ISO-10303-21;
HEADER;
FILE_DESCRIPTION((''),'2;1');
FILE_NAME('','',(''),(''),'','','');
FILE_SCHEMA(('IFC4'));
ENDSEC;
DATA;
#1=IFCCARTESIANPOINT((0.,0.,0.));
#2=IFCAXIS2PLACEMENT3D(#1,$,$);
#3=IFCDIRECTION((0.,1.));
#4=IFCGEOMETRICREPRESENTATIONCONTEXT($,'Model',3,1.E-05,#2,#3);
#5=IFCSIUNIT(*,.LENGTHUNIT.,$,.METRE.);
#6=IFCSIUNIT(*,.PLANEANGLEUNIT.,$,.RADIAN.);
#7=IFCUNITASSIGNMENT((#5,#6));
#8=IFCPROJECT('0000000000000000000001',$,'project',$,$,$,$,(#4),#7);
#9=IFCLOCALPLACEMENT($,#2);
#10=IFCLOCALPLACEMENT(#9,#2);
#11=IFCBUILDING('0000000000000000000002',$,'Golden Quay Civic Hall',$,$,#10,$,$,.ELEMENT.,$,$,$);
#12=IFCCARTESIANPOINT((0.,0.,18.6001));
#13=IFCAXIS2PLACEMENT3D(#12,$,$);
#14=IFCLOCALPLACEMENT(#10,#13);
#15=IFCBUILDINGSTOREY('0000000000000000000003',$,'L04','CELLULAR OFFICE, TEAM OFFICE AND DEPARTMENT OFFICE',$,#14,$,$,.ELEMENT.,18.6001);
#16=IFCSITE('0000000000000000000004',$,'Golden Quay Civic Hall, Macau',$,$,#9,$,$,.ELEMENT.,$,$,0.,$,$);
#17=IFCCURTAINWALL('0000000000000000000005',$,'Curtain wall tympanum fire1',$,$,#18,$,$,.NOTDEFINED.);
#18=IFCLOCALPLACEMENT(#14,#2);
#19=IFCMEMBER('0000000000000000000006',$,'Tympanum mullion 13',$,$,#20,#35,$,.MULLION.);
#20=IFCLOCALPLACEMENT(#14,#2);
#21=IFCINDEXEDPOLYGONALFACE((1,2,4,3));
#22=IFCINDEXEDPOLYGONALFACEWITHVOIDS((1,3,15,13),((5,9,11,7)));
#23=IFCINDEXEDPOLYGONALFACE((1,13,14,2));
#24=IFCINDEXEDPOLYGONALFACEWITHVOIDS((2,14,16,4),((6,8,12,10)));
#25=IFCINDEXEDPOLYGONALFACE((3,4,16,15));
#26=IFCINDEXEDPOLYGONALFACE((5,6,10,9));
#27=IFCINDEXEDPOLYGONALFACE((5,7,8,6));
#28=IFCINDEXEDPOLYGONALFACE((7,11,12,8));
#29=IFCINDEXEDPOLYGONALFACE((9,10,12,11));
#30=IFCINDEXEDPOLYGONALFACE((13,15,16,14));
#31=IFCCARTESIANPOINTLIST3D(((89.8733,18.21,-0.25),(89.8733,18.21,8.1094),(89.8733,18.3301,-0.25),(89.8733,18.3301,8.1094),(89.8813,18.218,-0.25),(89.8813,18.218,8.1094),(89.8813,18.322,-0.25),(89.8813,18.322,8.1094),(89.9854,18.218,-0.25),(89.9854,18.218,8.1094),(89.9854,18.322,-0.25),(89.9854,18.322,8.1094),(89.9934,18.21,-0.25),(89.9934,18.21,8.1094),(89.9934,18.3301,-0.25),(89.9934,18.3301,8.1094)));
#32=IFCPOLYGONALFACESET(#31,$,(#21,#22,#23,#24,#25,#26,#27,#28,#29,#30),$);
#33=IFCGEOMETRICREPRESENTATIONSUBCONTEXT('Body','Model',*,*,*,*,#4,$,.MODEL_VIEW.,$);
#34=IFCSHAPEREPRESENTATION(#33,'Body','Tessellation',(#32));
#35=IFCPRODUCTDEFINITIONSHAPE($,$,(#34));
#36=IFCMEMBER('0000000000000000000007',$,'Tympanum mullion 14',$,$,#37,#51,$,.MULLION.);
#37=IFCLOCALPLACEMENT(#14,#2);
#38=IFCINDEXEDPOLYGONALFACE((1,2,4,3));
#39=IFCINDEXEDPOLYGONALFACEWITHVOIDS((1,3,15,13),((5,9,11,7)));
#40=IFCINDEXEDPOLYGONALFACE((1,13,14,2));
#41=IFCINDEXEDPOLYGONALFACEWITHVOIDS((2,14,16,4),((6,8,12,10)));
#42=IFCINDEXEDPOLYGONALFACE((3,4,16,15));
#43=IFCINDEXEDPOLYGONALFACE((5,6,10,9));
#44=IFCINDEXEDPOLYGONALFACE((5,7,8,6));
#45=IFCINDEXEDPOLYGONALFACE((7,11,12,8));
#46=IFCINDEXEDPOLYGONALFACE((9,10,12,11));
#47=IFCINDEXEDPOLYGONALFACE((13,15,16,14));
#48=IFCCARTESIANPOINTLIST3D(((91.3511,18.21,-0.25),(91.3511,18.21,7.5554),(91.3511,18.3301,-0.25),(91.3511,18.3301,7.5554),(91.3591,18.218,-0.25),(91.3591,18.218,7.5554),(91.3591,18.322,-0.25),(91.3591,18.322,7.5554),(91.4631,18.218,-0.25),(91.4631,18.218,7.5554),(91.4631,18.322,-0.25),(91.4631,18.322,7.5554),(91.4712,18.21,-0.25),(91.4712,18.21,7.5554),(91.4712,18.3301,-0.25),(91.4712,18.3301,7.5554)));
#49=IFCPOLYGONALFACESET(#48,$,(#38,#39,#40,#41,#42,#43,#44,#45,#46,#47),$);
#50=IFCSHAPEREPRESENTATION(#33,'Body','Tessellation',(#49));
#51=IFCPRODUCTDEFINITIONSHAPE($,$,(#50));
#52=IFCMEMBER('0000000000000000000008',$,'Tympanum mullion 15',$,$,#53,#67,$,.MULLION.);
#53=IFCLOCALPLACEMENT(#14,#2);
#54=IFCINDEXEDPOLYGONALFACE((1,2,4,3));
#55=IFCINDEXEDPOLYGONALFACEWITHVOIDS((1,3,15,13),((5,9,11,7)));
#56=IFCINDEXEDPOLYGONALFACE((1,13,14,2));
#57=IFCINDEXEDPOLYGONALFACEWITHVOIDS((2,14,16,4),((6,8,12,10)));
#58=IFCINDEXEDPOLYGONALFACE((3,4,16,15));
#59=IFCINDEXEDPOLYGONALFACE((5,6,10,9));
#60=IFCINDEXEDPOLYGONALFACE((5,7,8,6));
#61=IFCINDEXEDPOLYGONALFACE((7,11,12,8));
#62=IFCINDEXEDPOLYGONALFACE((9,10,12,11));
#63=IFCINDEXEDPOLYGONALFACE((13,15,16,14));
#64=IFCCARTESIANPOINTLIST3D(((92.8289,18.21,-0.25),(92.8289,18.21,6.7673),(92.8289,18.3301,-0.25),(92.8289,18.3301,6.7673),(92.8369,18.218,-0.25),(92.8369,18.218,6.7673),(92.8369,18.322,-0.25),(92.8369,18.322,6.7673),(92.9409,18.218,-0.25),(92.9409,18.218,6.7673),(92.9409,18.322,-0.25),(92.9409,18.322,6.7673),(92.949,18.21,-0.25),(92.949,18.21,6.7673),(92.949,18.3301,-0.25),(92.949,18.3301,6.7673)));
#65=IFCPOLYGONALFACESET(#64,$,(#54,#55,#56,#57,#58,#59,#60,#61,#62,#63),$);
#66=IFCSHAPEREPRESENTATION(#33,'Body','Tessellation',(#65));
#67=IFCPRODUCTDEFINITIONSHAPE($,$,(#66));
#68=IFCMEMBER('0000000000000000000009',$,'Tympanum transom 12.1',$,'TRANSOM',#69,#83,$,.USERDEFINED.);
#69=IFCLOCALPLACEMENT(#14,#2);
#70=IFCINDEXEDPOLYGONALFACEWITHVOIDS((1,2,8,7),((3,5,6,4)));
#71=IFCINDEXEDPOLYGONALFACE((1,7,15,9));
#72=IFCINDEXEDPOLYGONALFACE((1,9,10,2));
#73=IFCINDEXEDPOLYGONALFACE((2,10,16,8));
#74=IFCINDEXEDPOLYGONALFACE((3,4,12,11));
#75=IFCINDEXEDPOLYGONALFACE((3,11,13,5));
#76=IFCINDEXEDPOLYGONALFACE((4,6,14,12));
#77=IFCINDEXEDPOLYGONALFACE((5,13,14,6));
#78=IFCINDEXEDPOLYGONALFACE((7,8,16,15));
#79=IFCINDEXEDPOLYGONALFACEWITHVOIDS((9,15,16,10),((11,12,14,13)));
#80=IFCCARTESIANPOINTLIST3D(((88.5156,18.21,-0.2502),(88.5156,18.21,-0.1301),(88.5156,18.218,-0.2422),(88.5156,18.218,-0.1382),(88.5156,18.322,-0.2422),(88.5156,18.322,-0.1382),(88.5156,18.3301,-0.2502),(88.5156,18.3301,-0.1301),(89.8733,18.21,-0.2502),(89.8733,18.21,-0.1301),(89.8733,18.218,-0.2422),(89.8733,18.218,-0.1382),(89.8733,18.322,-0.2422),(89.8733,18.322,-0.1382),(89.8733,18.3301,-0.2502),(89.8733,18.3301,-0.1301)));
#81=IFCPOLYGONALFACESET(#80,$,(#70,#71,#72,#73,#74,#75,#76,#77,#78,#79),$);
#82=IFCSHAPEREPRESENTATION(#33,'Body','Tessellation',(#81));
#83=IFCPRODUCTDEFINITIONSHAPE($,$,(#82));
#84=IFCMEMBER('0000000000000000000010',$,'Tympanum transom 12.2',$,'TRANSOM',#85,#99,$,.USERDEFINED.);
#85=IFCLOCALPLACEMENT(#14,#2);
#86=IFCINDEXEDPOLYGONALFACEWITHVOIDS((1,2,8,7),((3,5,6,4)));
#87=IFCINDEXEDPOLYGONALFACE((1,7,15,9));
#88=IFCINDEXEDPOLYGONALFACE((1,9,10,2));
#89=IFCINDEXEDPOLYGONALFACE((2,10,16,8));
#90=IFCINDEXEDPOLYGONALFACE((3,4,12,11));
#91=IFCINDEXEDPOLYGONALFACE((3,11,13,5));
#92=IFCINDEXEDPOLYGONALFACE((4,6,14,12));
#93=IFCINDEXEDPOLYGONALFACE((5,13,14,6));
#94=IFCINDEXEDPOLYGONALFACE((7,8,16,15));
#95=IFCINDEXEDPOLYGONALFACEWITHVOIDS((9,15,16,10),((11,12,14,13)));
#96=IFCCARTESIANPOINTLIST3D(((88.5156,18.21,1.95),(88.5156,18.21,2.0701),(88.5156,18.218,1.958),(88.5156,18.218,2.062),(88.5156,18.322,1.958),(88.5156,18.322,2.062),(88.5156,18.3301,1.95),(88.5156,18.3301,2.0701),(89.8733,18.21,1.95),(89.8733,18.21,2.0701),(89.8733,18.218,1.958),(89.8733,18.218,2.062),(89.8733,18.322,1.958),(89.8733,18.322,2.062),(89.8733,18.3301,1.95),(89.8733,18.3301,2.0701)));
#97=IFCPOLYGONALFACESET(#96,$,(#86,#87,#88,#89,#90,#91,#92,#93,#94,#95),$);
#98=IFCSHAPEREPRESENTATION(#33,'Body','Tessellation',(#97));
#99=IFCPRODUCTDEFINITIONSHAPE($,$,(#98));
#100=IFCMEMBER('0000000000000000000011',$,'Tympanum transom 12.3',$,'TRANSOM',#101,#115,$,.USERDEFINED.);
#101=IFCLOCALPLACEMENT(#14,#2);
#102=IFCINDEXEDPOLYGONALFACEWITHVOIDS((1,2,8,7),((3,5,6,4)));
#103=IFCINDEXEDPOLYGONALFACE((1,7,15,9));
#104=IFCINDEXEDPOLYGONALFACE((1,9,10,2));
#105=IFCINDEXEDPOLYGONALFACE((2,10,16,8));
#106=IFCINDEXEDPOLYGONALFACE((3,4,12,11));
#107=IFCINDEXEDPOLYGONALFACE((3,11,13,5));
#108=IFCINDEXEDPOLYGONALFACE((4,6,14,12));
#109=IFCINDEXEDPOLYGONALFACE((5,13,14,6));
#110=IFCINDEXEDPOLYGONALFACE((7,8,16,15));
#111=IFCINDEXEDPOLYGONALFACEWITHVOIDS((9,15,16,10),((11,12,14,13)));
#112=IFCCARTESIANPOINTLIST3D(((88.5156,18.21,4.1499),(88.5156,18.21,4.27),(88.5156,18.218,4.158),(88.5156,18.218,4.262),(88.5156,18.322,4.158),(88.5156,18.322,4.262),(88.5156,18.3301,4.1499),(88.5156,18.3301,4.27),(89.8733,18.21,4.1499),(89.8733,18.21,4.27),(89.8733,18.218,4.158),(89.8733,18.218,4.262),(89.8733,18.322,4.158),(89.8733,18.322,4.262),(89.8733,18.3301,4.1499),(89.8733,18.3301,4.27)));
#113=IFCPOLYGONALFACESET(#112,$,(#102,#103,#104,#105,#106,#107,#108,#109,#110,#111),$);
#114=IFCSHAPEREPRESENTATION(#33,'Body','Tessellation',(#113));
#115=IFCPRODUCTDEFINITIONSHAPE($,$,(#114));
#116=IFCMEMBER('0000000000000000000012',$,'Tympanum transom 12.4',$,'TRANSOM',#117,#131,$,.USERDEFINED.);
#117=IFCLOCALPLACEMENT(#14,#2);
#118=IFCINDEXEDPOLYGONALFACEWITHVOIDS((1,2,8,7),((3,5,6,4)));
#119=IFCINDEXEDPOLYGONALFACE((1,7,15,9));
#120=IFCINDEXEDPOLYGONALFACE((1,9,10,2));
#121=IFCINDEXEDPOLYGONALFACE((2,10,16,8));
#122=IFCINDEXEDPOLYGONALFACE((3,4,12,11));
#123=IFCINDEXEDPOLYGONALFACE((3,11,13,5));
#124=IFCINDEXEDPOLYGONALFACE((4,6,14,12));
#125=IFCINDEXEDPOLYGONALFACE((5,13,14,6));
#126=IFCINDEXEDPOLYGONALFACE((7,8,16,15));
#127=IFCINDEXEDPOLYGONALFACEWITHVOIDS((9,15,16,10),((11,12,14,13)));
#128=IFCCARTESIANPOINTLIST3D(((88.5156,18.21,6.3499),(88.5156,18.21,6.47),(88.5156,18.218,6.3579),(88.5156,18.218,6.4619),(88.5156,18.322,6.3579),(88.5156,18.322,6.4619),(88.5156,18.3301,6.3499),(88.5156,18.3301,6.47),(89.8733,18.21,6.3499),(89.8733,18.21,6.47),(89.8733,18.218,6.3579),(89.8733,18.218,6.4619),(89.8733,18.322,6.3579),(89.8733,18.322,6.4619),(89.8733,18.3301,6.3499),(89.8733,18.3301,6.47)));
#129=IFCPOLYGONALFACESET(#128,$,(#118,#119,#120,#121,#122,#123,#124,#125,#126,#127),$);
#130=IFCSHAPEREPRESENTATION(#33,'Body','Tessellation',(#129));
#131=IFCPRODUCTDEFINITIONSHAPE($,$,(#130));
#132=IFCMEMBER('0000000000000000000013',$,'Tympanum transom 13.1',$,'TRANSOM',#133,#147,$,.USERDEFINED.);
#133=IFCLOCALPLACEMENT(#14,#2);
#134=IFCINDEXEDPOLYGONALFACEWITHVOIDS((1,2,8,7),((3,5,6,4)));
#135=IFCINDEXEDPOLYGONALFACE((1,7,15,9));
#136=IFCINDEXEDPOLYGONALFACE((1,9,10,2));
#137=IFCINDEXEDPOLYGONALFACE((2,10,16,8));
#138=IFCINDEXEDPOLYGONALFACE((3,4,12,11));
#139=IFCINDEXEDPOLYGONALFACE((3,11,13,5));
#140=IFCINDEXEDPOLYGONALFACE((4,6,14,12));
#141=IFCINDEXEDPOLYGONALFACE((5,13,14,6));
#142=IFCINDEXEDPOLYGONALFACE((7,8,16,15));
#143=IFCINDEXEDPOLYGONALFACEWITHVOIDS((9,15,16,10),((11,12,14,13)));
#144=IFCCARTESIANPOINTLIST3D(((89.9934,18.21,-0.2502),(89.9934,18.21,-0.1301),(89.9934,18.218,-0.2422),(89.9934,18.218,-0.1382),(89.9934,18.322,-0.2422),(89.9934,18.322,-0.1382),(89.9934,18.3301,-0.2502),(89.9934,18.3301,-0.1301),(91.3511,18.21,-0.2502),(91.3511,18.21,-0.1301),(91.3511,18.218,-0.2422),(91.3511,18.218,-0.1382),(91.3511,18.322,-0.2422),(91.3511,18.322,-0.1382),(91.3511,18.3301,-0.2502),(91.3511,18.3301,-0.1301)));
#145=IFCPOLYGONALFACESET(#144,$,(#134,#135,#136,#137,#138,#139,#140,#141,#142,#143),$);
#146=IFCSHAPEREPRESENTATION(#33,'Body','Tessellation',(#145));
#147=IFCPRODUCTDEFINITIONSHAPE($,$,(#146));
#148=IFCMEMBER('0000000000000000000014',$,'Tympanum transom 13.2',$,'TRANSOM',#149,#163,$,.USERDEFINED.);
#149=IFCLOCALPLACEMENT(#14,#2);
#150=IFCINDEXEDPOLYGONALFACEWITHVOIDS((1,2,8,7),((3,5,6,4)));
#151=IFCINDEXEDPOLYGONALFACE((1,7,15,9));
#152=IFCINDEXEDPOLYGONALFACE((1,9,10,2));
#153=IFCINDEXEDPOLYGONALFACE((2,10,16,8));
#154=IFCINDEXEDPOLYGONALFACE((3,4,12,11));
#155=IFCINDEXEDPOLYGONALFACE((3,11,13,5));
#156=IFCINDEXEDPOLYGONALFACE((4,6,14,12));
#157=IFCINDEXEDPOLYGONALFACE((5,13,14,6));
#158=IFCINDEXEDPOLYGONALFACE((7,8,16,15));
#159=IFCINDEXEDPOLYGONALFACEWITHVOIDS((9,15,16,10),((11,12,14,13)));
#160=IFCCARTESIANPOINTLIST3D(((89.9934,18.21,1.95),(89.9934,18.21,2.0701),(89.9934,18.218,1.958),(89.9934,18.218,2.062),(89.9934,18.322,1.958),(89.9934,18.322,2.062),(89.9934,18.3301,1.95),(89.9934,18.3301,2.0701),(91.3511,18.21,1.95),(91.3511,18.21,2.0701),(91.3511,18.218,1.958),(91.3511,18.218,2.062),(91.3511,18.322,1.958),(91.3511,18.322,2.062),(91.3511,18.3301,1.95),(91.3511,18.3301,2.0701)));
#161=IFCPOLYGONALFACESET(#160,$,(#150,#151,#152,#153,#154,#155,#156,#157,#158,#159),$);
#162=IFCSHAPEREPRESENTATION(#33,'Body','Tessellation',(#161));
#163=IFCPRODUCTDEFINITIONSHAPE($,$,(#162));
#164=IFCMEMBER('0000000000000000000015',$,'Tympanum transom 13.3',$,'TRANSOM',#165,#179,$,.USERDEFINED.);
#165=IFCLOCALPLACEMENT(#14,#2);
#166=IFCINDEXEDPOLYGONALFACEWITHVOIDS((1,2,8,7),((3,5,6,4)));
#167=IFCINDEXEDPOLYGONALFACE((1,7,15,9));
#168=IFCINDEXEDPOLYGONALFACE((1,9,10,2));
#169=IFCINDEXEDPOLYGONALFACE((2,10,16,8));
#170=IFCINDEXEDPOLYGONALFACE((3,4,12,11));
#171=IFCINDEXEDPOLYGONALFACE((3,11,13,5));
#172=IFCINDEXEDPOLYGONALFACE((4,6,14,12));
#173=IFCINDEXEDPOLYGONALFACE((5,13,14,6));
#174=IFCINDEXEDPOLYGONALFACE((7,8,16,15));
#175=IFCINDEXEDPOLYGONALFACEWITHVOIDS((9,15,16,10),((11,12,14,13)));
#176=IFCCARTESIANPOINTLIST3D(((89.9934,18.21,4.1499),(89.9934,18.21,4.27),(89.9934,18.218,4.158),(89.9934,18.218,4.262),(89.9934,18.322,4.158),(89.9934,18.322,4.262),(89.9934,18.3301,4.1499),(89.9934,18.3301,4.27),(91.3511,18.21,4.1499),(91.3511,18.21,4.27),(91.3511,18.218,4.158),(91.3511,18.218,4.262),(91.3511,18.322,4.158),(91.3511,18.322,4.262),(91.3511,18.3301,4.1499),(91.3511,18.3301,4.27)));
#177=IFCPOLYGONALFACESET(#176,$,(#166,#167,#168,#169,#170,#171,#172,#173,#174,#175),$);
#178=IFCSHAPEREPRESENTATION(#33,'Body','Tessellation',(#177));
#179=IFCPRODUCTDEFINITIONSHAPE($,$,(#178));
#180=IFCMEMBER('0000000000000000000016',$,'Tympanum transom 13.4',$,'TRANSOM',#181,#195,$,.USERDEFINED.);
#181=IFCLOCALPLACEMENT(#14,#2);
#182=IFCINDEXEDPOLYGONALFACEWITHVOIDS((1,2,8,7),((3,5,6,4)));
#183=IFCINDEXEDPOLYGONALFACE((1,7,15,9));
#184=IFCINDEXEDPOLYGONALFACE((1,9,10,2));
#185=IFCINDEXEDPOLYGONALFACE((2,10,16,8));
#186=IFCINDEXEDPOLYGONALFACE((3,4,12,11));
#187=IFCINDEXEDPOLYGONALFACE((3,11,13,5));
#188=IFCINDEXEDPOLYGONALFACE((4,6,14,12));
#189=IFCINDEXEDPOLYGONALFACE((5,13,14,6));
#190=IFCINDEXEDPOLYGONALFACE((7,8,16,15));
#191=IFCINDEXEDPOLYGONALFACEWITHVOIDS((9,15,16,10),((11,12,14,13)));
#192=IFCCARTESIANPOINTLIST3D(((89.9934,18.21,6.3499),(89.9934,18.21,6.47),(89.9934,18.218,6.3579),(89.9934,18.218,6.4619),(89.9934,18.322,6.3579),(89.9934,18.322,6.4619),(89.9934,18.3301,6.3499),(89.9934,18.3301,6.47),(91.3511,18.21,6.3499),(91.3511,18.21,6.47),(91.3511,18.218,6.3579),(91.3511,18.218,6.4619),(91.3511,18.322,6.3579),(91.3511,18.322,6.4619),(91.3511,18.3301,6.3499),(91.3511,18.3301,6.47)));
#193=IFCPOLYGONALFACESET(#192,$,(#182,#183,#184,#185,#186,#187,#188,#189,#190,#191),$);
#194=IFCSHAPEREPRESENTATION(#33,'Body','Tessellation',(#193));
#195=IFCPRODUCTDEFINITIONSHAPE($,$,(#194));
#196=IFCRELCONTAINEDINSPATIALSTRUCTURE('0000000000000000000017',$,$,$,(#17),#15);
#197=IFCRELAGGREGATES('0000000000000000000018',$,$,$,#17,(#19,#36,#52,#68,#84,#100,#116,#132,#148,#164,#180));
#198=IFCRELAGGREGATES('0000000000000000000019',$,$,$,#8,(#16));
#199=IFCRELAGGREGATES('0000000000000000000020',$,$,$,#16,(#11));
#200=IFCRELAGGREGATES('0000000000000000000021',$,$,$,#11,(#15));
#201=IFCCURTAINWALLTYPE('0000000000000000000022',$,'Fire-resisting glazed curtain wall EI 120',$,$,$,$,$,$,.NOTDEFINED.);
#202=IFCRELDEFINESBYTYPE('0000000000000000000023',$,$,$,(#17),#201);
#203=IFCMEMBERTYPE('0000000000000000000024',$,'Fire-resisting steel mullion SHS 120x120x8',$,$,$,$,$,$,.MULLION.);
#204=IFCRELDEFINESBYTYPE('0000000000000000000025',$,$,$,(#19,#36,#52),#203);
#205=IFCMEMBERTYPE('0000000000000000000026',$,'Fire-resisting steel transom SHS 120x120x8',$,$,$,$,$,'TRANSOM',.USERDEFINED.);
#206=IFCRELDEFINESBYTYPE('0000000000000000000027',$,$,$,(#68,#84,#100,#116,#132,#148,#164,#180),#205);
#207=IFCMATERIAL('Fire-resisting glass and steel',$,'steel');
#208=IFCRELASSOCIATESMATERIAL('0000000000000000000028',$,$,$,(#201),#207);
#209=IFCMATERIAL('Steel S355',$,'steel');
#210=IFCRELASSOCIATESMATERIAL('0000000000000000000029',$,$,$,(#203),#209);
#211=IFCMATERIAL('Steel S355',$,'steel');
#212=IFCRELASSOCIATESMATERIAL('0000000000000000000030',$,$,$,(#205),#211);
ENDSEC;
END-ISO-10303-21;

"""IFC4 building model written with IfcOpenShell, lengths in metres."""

from ifc_helpers import new_model, si_unit, direction, frame, origin, origin_2d, place, context, subcontext, project, spatial, hollow_rectangle, extrude, material, material_profile, profile_set, type_object, element, aggregate, save


model = new_model("IFC4")

# Units and contexts
model_context = context("Model", 3, precision=1e-05, world=origin(), true_north=direction((0.0, 1.0)))
body_context = subcontext(model_context, "Body", "Model", "MODEL_VIEW")
ifc_project = project(units=[si_unit("LENGTHUNIT", "METRE"), si_unit("PLANEANGLEUNIT", "RADIAN")], contexts=[model_context])

# Site, building, storey
site_placement = place(None, origin())
site = spatial("IfcSite", under=ifc_project, at=site_placement, Name="Golden Quay Civic Hall, Macau", CompositionType="ELEMENT", RefElevation=0.0)
building_placement = place(site_placement, origin())
building = spatial("IfcBuilding", under=site, at=building_placement, Name="Golden Quay Civic Hall", CompositionType="ELEMENT")
storey_placement = place(building_placement, frame((0.0, 0.0, 18.6001)))
storey = spatial("IfcBuildingStorey", under=building, at=storey_placement, Name="L04", Description="CELLULAR OFFICE, TEAM OFFICE AND DEPARTMENT OFFICE", CompositionType="ELEMENT", Elevation=18.6001)

# Curtain wall, members
ifc_material_1 = material(Name="Fire-resisting glass and steel", Category="steel")
curtain_wall_type = type_object("IfcCurtainWallType", Name="Fire-resisting glazed curtain wall EI 120", PredefinedType="NOTDEFINED", material=ifc_material_1)
curtain_wall_placement = place(storey_placement, origin())
curtain_wall = element("IfcCurtainWall", 1, at=curtain_wall_placement, inside=storey, type_object=curtain_wall_type, Name="Curtain wall tympanum fire1", PredefinedType="NOTDEFINED")
ifc_material_2 = material(Name="Steel S355", Category="steel")
ifc_material_profile_1 = material_profile(ifc_material_2, hollow_rectangle(XDim=0.1201, YDim=0.1201, WallThickness=0.0081, at=origin_2d()), Name="SHS 120x120x8")
ifc_profile_set_1 = profile_set([ifc_material_profile_1], Name="Steel S355")
member_type_1 = type_object("IfcMemberType", Name="Fire-resisting steel mullion SHS 120x120x8", PredefinedType="MULLION", material=ifc_profile_set_1)
member_1_placement = place(storey_placement, frame((89.9333, 18.27, -0.25), z_axis=(0.0, 0.0, 1.0), x_axis=(0.0, 1.0, 0.0)))
member_1 = element("IfcMember", 2, at=member_1_placement, type_object=member_type_1, Name="Tympanum mullion 13", PredefinedType="MULLION", context=body_context, shape_type="SweptSolid", body=[
    extrude(hollow_rectangle(XDim=0.1201, YDim=0.1201, WallThickness=0.0081, at=origin_2d()), origin(), (0.0, 0.0, 1.0), 8.3594),
])
member_2_placement = place(storey_placement, frame((91.4111, 18.27, -0.25), z_axis=(0.0, 0.0, 1.0), x_axis=(0.0, 1.0, 0.0)))
member_2 = element("IfcMember", 3, at=member_2_placement, type_object=member_type_1, Name="Tympanum mullion 14", PredefinedType="MULLION", context=body_context, shape_type="SweptSolid", body=[
    extrude(hollow_rectangle(XDim=0.1201, YDim=0.1201, WallThickness=0.0081, at=origin_2d()), origin(), (0.0, 0.0, 1.0), 7.8054),
])
member_3_placement = place(storey_placement, frame((92.8889, 18.27, -0.25), z_axis=(0.0, 0.0, 1.0), x_axis=(0.0, 1.0, 0.0)))
member_3 = element("IfcMember", 4, at=member_3_placement, type_object=member_type_1, Name="Tympanum mullion 15", PredefinedType="MULLION", context=body_context, shape_type="SweptSolid", body=[
    extrude(hollow_rectangle(XDim=0.1201, YDim=0.1201, WallThickness=0.0081, at=origin_2d()), origin(), (0.0, 0.0, 1.0), 7.0173),
])
ifc_material_3 = material(Name="Steel S355", Category="steel")
ifc_material_profile_2 = material_profile(ifc_material_3, hollow_rectangle(XDim=0.1201, YDim=0.1201, WallThickness=0.0081, at=origin_2d()), Name="SHS 120x120x8")
ifc_profile_set_2 = profile_set([ifc_material_profile_2], Name="Steel S355")
member_type_2 = type_object("IfcMemberType", Name="Fire-resisting steel transom SHS 120x120x8", ElementType="TRANSOM", PredefinedType="USERDEFINED", material=ifc_profile_set_2)
member_4_placement = place(storey_placement, frame((88.5156, 18.27, -0.1902), z_axis=(1.0, 0.0, 0.0), x_axis=(0.0, 1.0, 0.0)))
member_4 = element("IfcMember", 5, at=member_4_placement, type_object=member_type_2, Name="Tympanum transom 12.1", ObjectType="TRANSOM", PredefinedType="USERDEFINED", context=body_context, shape_type="SweptSolid", body=[
    extrude(hollow_rectangle(XDim=0.1201, YDim=0.1201, WallThickness=0.0081, at=origin_2d()), origin(), (0.0, 0.0, 1.0), 1.3577),
])
member_5_placement = place(storey_placement, frame((88.5156, 18.27, 2.01), z_axis=(1.0, 0.0, 0.0), x_axis=(0.0, 1.0, 0.0)))
member_5 = element("IfcMember", 6, at=member_5_placement, type_object=member_type_2, Name="Tympanum transom 12.2", ObjectType="TRANSOM", PredefinedType="USERDEFINED", context=body_context, shape_type="SweptSolid", body=[
    extrude(hollow_rectangle(XDim=0.1201, YDim=0.1201, WallThickness=0.0081, at=origin_2d()), origin(), (0.0, 0.0, 1.0), 1.3577),
])
member_6_placement = place(storey_placement, frame((88.5156, 18.27, 4.21), z_axis=(1.0, 0.0, 0.0), x_axis=(0.0, 1.0, 0.0)))
member_6 = element("IfcMember", 7, at=member_6_placement, type_object=member_type_2, Name="Tympanum transom 12.3", ObjectType="TRANSOM", PredefinedType="USERDEFINED", context=body_context, shape_type="SweptSolid", body=[
    extrude(hollow_rectangle(XDim=0.1201, YDim=0.1201, WallThickness=0.0081, at=origin_2d()), origin(), (0.0, 0.0, 1.0), 1.3577),
])
member_7_placement = place(storey_placement, frame((88.5156, 18.27, 6.4099), z_axis=(1.0, 0.0, 0.0), x_axis=(0.0, 1.0, 0.0)))
member_7 = element("IfcMember", 8, at=member_7_placement, type_object=member_type_2, Name="Tympanum transom 12.4", ObjectType="TRANSOM", PredefinedType="USERDEFINED", context=body_context, shape_type="SweptSolid", body=[
    extrude(hollow_rectangle(XDim=0.1201, YDim=0.1201, WallThickness=0.0081, at=origin_2d()), origin(), (0.0, 0.0, 1.0), 1.3577),
])
member_8_placement = place(storey_placement, frame((89.9934, 18.27, -0.1902), z_axis=(1.0, 0.0, 0.0), x_axis=(0.0, 1.0, 0.0)))
member_8 = element("IfcMember", 9, at=member_8_placement, type_object=member_type_2, Name="Tympanum transom 13.1", ObjectType="TRANSOM", PredefinedType="USERDEFINED", context=body_context, shape_type="SweptSolid", body=[
    extrude(hollow_rectangle(XDim=0.1201, YDim=0.1201, WallThickness=0.0081, at=origin_2d()), origin(), (0.0, 0.0, 1.0), 1.3577),
])
member_9_placement = place(storey_placement, frame((89.9934, 18.27, 2.01), z_axis=(1.0, 0.0, 0.0), x_axis=(0.0, 1.0, 0.0)))
member_9 = element("IfcMember", 10, at=member_9_placement, type_object=member_type_2, Name="Tympanum transom 13.2", ObjectType="TRANSOM", PredefinedType="USERDEFINED", context=body_context, shape_type="SweptSolid", body=[
    extrude(hollow_rectangle(XDim=0.1201, YDim=0.1201, WallThickness=0.0081, at=origin_2d()), origin(), (0.0, 0.0, 1.0), 1.3577),
])
member_10_placement = place(storey_placement, frame((89.9934, 18.27, 4.21), z_axis=(1.0, 0.0, 0.0), x_axis=(0.0, 1.0, 0.0)))
member_10 = element("IfcMember", 11, at=member_10_placement, type_object=member_type_2, Name="Tympanum transom 13.3", ObjectType="TRANSOM", PredefinedType="USERDEFINED", context=body_context, shape_type="SweptSolid", body=[
    extrude(hollow_rectangle(XDim=0.1201, YDim=0.1201, WallThickness=0.0081, at=origin_2d()), origin(), (0.0, 0.0, 1.0), 1.3577),
])
member_11_placement = place(storey_placement, frame((89.9934, 18.27, 6.4099), z_axis=(1.0, 0.0, 0.0), x_axis=(0.0, 1.0, 0.0)))
member_11 = element("IfcMember", 12, at=member_11_placement, type_object=member_type_2, Name="Tympanum transom 13.4", ObjectType="TRANSOM", PredefinedType="USERDEFINED", context=body_context, shape_type="SweptSolid", body=[
    extrude(hollow_rectangle(XDim=0.1201, YDim=0.1201, WallThickness=0.0081, at=origin_2d()), origin(), (0.0, 0.0, 1.0), 1.3577),
])
aggregate(curtain_wall, [member_1, member_2, member_3, member_4, member_5, member_6, member_7, member_8, member_9, member_10, member_11])

save(model, "model.ifc")
